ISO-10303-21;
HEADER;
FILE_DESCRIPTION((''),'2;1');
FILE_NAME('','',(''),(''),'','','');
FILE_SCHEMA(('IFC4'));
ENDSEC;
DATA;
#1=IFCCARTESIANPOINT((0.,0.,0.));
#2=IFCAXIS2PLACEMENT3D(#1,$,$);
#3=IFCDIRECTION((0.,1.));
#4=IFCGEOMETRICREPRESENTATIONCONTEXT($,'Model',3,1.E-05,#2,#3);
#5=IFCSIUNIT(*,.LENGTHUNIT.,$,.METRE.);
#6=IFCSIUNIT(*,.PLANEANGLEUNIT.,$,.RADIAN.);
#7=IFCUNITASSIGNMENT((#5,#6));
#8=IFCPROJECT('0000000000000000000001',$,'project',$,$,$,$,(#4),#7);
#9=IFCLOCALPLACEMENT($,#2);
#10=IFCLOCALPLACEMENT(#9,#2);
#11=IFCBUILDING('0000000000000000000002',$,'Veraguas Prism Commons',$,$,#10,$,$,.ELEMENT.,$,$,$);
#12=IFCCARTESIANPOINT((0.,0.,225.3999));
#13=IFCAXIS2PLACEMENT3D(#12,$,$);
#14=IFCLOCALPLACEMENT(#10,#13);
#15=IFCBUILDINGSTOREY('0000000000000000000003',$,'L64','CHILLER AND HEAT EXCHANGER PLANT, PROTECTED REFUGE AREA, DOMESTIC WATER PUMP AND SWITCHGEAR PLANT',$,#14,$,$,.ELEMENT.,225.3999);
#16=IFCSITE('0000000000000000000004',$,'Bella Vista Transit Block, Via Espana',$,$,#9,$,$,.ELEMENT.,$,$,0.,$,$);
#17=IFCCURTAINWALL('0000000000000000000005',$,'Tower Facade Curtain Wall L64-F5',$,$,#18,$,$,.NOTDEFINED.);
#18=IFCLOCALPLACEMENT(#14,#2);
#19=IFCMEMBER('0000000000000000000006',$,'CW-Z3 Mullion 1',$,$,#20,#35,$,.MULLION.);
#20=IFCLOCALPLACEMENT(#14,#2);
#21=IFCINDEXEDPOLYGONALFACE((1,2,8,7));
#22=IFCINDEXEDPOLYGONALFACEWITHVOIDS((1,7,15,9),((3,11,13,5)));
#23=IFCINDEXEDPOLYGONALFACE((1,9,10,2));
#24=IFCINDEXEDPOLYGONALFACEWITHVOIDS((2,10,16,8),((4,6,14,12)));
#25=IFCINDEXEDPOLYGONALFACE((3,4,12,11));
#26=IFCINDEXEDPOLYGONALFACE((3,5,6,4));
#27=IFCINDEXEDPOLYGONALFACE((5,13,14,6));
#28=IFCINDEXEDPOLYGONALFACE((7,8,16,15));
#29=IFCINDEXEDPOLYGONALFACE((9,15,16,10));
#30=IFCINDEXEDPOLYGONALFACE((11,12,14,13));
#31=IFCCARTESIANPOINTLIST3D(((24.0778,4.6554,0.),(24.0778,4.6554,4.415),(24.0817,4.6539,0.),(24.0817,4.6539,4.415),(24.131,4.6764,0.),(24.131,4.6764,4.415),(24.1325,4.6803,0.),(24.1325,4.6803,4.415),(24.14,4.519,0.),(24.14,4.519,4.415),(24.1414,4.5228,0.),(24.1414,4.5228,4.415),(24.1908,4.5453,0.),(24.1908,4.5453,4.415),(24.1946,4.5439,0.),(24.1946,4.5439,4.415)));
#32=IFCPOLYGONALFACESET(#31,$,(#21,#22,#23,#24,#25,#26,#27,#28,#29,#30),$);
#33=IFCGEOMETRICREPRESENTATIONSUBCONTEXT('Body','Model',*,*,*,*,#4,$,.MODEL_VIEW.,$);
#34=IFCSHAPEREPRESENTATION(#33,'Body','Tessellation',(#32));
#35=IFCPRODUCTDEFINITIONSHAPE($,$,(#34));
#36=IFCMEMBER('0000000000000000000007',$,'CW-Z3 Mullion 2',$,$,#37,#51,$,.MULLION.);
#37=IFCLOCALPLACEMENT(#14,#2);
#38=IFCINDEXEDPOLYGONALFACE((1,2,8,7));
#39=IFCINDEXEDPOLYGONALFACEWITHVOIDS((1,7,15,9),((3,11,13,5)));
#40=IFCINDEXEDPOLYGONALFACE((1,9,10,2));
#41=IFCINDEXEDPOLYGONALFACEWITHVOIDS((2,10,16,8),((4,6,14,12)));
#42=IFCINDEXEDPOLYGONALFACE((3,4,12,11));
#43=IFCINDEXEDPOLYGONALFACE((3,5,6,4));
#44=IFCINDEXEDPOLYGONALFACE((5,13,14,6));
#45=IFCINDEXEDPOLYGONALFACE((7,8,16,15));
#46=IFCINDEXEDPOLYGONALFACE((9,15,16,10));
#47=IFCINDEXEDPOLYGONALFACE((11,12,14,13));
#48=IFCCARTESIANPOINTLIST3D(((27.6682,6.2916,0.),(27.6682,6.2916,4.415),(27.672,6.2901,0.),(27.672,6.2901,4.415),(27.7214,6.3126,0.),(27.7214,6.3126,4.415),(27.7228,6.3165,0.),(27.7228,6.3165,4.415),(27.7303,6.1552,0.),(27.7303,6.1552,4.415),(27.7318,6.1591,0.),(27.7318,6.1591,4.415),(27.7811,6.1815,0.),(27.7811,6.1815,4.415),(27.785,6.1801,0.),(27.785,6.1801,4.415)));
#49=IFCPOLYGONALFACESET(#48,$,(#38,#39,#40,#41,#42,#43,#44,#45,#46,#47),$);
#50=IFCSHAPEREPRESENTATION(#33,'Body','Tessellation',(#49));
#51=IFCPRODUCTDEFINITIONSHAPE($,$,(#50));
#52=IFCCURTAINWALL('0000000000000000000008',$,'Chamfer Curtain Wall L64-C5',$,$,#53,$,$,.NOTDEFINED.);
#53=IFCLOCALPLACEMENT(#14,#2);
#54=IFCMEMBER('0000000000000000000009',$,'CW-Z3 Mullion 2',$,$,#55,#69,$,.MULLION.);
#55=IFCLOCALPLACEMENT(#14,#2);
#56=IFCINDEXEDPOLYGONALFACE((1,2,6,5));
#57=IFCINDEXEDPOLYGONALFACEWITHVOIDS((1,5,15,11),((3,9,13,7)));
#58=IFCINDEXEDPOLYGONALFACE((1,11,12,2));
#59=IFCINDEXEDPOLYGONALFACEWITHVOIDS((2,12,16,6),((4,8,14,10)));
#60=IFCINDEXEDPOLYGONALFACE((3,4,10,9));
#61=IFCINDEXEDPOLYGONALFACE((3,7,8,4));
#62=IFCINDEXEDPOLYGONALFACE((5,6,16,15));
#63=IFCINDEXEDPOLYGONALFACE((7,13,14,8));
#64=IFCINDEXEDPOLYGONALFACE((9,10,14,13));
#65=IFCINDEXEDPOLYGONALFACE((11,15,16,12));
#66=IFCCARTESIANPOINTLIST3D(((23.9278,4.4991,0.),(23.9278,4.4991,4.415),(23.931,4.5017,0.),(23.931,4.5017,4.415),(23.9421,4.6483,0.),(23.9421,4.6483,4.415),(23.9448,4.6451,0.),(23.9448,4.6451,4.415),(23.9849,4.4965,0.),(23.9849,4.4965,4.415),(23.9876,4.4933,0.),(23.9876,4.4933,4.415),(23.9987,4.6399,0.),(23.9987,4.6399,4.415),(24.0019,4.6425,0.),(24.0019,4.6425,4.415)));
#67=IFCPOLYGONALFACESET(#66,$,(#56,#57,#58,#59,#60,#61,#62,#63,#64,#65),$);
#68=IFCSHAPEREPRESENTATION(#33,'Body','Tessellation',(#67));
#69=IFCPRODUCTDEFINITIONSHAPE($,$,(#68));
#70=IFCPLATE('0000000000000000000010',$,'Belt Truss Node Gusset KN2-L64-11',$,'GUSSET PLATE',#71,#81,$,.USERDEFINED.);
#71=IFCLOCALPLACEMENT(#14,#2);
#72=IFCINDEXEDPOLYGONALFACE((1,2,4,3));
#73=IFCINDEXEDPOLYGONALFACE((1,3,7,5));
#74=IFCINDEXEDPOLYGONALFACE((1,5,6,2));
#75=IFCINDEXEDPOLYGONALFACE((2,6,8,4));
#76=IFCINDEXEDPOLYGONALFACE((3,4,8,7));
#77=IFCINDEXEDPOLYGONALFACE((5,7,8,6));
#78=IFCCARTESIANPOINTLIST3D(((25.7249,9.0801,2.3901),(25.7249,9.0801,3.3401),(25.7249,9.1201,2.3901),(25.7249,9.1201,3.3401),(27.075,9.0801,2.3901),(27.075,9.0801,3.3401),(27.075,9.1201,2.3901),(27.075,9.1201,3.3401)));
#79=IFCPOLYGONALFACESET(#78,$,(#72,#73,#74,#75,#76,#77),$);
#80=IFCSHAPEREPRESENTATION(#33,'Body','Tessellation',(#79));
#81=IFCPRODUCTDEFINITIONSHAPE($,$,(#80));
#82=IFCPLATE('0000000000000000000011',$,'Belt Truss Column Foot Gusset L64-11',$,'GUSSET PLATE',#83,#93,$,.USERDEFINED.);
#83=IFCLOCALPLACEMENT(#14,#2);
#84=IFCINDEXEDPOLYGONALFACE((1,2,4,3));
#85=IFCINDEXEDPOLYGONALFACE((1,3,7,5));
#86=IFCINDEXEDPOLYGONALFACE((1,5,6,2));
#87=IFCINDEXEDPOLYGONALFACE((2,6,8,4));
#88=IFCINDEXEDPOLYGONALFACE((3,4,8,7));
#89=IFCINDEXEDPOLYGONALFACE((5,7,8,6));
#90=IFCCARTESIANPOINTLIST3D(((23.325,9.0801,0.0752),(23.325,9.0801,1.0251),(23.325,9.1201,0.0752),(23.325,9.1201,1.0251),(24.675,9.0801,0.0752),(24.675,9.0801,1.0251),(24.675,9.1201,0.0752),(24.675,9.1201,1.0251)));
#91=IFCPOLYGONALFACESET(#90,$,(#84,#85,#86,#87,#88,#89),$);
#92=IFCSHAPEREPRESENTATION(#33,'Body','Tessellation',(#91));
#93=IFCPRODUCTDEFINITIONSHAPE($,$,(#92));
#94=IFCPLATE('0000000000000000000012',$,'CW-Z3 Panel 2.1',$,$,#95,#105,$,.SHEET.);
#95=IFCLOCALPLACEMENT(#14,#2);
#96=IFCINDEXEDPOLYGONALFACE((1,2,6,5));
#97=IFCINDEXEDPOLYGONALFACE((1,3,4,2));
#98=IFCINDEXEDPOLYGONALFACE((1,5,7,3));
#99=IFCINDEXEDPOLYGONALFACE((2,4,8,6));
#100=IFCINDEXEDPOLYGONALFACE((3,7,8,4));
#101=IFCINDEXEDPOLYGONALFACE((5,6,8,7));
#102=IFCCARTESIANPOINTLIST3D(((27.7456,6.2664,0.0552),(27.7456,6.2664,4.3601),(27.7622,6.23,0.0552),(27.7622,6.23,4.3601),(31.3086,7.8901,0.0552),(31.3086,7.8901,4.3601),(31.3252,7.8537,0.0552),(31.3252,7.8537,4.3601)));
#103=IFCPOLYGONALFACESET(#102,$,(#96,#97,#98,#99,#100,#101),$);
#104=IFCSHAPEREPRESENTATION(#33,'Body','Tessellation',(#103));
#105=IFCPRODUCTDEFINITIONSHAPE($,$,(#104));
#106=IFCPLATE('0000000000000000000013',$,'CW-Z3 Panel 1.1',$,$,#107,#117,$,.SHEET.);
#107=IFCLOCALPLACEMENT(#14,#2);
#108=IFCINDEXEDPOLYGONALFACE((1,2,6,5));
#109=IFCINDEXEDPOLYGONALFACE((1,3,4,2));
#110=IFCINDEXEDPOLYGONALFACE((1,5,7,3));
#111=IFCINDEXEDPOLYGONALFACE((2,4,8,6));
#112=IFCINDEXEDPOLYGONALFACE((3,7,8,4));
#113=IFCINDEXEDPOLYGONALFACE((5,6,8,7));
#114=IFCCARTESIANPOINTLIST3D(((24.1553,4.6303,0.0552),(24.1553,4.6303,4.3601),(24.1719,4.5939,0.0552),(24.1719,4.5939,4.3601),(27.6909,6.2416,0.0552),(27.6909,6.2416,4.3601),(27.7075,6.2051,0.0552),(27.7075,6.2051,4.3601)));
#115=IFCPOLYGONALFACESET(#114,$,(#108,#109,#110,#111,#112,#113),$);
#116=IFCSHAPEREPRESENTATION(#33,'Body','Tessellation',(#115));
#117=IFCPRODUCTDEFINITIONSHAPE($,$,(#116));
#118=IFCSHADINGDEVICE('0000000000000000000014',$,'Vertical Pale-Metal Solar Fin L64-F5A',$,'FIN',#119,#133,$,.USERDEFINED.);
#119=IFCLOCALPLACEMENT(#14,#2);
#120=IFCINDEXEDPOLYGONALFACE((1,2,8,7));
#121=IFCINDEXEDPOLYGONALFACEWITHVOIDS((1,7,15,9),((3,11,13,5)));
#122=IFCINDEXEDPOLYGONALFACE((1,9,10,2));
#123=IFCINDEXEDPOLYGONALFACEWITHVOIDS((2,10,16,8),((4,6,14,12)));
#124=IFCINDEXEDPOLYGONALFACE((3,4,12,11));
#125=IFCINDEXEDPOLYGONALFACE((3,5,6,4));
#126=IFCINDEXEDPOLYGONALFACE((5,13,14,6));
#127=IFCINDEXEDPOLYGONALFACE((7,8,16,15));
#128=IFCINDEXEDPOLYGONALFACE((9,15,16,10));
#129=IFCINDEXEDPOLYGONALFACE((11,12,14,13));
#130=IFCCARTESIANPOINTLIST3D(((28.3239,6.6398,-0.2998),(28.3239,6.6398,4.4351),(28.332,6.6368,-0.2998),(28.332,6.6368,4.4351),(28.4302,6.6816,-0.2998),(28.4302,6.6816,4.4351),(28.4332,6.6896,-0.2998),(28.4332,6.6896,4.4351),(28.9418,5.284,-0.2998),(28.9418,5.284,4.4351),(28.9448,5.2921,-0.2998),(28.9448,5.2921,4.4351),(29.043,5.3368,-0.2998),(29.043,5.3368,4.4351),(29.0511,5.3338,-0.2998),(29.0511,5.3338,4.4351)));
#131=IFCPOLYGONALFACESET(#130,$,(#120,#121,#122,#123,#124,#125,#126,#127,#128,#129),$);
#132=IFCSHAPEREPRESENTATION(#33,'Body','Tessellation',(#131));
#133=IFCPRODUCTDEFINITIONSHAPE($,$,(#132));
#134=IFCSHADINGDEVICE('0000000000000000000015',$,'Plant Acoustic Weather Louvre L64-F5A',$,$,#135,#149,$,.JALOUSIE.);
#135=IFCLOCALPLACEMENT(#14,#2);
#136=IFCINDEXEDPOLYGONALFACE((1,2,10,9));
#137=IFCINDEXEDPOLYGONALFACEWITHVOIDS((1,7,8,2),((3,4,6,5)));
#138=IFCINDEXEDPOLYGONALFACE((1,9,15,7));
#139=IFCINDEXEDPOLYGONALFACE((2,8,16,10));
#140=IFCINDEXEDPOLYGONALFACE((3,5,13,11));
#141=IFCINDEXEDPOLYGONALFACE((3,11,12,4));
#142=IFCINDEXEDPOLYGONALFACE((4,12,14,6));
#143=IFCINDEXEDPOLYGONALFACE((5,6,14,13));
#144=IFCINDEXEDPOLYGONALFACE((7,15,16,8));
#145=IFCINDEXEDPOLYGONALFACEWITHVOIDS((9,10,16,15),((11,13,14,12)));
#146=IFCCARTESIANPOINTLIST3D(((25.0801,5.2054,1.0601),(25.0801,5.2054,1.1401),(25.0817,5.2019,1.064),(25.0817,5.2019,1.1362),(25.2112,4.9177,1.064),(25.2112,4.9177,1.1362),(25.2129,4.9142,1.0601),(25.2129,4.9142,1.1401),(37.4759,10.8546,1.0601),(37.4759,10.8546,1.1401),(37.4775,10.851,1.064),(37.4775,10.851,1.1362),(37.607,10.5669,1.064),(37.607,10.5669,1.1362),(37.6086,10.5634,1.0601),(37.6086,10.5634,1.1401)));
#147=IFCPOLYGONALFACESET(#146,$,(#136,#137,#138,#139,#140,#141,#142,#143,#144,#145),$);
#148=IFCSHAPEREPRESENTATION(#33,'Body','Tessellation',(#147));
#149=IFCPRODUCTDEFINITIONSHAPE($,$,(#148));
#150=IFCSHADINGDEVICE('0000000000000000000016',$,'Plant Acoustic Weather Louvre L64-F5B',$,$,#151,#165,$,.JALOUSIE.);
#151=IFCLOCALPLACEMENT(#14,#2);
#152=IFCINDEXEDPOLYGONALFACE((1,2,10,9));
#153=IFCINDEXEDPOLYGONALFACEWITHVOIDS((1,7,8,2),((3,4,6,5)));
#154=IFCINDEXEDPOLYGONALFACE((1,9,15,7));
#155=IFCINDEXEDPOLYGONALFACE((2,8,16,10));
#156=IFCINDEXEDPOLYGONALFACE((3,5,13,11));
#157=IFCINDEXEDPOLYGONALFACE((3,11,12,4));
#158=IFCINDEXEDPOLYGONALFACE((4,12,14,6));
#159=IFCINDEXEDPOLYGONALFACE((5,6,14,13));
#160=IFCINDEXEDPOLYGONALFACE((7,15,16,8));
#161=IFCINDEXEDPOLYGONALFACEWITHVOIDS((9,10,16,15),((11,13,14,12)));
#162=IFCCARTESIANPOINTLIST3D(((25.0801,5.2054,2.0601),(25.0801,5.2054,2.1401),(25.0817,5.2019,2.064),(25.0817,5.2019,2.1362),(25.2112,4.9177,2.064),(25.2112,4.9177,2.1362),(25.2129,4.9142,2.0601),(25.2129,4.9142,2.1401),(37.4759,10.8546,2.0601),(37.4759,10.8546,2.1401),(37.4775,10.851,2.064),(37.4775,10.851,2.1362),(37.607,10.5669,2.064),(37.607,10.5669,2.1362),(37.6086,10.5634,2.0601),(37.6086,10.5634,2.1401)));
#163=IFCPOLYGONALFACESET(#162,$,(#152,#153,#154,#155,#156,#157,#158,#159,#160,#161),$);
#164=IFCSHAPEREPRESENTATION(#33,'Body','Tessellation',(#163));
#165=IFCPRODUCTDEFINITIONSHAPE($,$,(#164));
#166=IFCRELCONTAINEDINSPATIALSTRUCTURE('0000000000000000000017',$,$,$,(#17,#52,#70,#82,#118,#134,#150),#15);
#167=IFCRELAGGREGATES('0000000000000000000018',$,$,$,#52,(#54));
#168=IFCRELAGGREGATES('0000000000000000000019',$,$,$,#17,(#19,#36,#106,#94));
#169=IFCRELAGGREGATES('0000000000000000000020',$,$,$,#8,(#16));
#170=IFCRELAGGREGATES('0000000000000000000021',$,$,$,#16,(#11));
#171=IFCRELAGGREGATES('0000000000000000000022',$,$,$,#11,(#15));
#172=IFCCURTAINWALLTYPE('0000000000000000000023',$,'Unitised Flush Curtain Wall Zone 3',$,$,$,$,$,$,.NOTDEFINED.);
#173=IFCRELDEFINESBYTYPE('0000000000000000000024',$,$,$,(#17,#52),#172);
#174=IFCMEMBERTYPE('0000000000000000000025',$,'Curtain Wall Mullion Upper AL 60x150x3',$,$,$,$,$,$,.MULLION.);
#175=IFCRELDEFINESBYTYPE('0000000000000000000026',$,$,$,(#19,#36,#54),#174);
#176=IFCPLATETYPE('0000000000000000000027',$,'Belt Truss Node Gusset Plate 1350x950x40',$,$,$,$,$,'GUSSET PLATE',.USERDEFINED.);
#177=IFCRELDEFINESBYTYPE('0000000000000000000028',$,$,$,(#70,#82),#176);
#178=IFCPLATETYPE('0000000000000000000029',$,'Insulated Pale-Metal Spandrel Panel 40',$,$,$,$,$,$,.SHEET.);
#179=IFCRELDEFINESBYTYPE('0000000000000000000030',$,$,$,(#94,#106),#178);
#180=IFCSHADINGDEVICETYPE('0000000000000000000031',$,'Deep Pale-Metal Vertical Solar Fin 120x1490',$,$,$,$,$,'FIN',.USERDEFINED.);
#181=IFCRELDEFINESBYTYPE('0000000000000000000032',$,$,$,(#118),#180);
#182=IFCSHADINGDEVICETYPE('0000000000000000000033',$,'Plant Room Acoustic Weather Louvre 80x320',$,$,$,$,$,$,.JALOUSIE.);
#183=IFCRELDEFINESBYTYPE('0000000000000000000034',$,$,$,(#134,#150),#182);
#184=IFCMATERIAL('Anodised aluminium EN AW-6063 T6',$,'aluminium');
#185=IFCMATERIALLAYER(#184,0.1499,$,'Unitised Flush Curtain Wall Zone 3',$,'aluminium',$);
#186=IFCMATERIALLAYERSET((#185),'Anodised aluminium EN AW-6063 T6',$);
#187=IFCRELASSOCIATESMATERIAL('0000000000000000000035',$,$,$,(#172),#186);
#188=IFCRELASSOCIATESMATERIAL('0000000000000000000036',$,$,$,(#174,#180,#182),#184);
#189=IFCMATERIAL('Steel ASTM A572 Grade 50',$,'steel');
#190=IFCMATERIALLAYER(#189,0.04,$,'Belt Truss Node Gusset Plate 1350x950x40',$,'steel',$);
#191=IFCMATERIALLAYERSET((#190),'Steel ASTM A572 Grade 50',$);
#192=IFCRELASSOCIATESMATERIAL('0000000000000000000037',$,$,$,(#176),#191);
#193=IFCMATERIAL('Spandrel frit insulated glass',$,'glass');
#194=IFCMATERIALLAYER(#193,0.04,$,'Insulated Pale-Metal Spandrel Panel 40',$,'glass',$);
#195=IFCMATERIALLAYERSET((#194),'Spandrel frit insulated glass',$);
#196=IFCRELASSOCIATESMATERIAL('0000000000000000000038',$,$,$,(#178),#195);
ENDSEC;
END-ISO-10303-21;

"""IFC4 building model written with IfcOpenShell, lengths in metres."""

from ifc_helpers import new_model, si_unit, direction, frame, origin, origin_2d, place, context, subcontext, project, spatial, rectangle, hollow_rectangle, extrude, source, transform, mapped, material, layer, layer_set, material_profile, profile_set, type_object, element, aggregate, save


model = new_model("IFC4")

# Units and contexts
model_context = context("Model", 3, precision=1e-05, world=origin(), true_north=direction((0.0, 1.0)))
body_context = subcontext(model_context, "Body", "Model", "MODEL_VIEW")
ifc_project = project(units=[si_unit("LENGTHUNIT", "METRE"), si_unit("PLANEANGLEUNIT", "RADIAN")], contexts=[model_context])

# Site, building, storey
site_placement = place(None, origin())
site = spatial("IfcSite", under=ifc_project, at=site_placement, Name="Bella Vista Transit Block, Via Espana", CompositionType="ELEMENT", RefElevation=0.0)
building_placement = place(site_placement, origin())
building = spatial("IfcBuilding", under=site, at=building_placement, Name="Veraguas Prism Commons", CompositionType="ELEMENT")
storey_placement = place(building_placement, frame((0.0, 0.0, 225.3999)))
storey = spatial("IfcBuildingStorey", under=building, at=storey_placement, Name="L64", Description="CHILLER AND HEAT EXCHANGER PLANT, PROTECTED REFUGE AREA, DOMESTIC WATER PUMP AND SWITCHGEAR PLANT", CompositionType="ELEMENT", Elevation=225.3999)

# Curtain wall, members
ifc_material_1 = material(Name="Anodised aluminium EN AW-6063 T6", Category="aluminium")
ifc_layer_1 = layer(ifc_material_1, 0.1499, Name="Unitised Flush Curtain Wall Zone 3", Category="aluminium")
ifc_layer_set_1 = layer_set([ifc_layer_1], Name="Anodised aluminium EN AW-6063 T6")
curtain_wall_type = type_object("IfcCurtainWallType", Name="Unitised Flush Curtain Wall Zone 3", PredefinedType="NOTDEFINED", material=ifc_layer_set_1)
curtain_wall_1_placement = place(storey_placement, origin())
curtain_wall_1 = element("IfcCurtainWall", 1, at=curtain_wall_1_placement, inside=storey, type_object=curtain_wall_type, Name="Tower Facade Curtain Wall L64-F5", PredefinedType="NOTDEFINED")
ifc_material_profile_1 = material_profile(ifc_material_1, hollow_rectangle(XDim=0.0601, YDim=0.1499, WallThickness=0.0029, at=origin_2d()), Name="AL60X150X3")
ifc_profile_set_1 = profile_set([ifc_material_profile_1], Name="Anodised aluminium EN AW-6063 T6")
member_type_1 = type_object("IfcMemberType", Name="Curtain Wall Mullion Upper AL 60x150x3", PredefinedType="MULLION", material=ifc_profile_set_1)
shared_shape_1 = source(origin(), body_context, "Body", "SweptSolid", [
    extrude(hollow_rectangle(XDim=0.0601, YDim=0.1499, WallThickness=0.0029, at=origin_2d()), origin(), (0.0, 0.0, 1.0), 4.415),
])
member_1_placement = place(storey_placement, frame((24.1362, 4.5996, 0.0), z_axis=(0.0, 0.0, 1.0), x_axis=(0.909962, 0.414692, 0.0)))
member_1 = element("IfcMember", 2, at=member_1_placement, type_object=member_type_1, Name="CW-Z3 Mullion 1", PredefinedType="MULLION", context=body_context, shape_type="MappedRepresentation", body=[
    mapped(shared_shape_1, transform((0.0, 0.0, 0.0), scale=1.0)),
])
member_2_placement = place(storey_placement, frame((27.7266, 6.2358, 0.0), z_axis=(0.0, 0.0, 1.0), x_axis=(0.909962, 0.414692, 0.0)))
member_2 = element("IfcMember", 3, at=member_2_placement, type_object=member_type_1, Name="CW-Z3 Mullion 2", PredefinedType="MULLION", context=body_context, shape_type="MappedRepresentation", body=[
    mapped(shared_shape_1, transform((0.0, 0.0, 0.0), scale=1.0)),
])

# Curtain wall, member
curtain_wall_2_placement = place(storey_placement, origin())
curtain_wall_2 = element("IfcCurtainWall", 4, at=curtain_wall_2_placement, inside=storey, type_object=curtain_wall_type, Name="Chamfer Curtain Wall L64-C5", PredefinedType="NOTDEFINED")
member_3_placement = place(storey_placement, frame((23.9648, 4.5708, 0.0), z_axis=(0.0, 0.0, 1.0), x_axis=(0.995399, -0.095816, 0.0)))
member_3 = element("IfcMember", 5, at=member_3_placement, type_object=member_type_1, Name="CW-Z3 Mullion 2", PredefinedType="MULLION", context=body_context, shape_type="MappedRepresentation", body=[
    mapped(shared_shape_1, transform((0.0, 0.0, 0.0), scale=1.0)),
])
aggregate(curtain_wall_2, [member_3])

# Plates
ifc_material_2 = material(Name="Steel ASTM A572 Grade 50", Category="steel")
ifc_layer_2 = layer(ifc_material_2, 0.04, Name="Belt Truss Node Gusset Plate 1350x950x40", Category="steel")
ifc_layer_set_2 = layer_set([ifc_layer_2], Name="Steel ASTM A572 Grade 50")
plate_type_1 = type_object("IfcPlateType", Name="Belt Truss Node Gusset Plate 1350x950x40", ElementType="GUSSET PLATE", PredefinedType="USERDEFINED", material=ifc_layer_set_2)
shared_shape_2 = source(origin(), body_context, "Body", "SweptSolid", [
    extrude(rectangle(XDim=1.3501, YDim=0.04, at=origin_2d()), origin(), (0.0, 0.0, 1.0), 0.95),
])
for number, where, z_axis, x_axis, name in (
    (6, (26.3999, 9.1001, 2.3901), (0.0, 0.0, 1.0), (1.0, 0.0, 0.0), "Belt Truss Node Gusset KN2-L64-11"),
    (7, (24.0, 9.1001, 0.0752), (0.0, 0.0, 1.0), (1.0, 0.0, 0.0), "Belt Truss Column Foot Gusset L64-11"),
):
    element("IfcPlate", number, at=place(storey_placement, frame(where, z_axis=z_axis, x_axis=x_axis)), inside=storey, type_object=plate_type_1, Name=name, ObjectType="GUSSET PLATE", PredefinedType="USERDEFINED", context=body_context, shape_type="MappedRepresentation", body=[
        mapped(shared_shape_2, transform((0.0, 0.0, 0.0), scale=1.0)),
    ])

# Plates
ifc_material_3 = material(Name="Spandrel frit insulated glass", Category="glass")
ifc_layer_3 = layer(ifc_material_3, 0.04, Name="Insulated Pale-Metal Spandrel Panel 40", Category="glass")
ifc_layer_set_3 = layer_set([ifc_layer_3], Name="Spandrel frit insulated glass")
plate_type_2 = type_object("IfcPlateType", Name="Insulated Pale-Metal Spandrel Panel 40", PredefinedType="SHEET", material=ifc_layer_set_3)
shared_shape_3 = source(origin(), body_context, "Body", "SweptSolid", [
    extrude(rectangle(XDim=3.9155, YDim=0.04, at=origin_2d()), origin(), (0.0, 0.0, 1.0), 4.3049),
])
plate_1_placement = place(storey_placement, frame((29.5354, 7.0601, 0.0552), z_axis=(0.0, 0.0, 1.0), x_axis=(0.909962, 0.414692, 0.0)))
plate_1 = element("IfcPlate", 8, at=plate_1_placement, type_object=plate_type_2, Name="CW-Z3 Panel 2.1", PredefinedType="SHEET", context=body_context, shape_type="MappedRepresentation", body=[
    mapped(shared_shape_3, transform((0.0, 0.0, 0.0), scale=1.0)),
])
shared_shape_4 = source(origin(), body_context, "Body", "SweptSolid", [
    extrude(rectangle(XDim=3.8855, YDim=0.04, at=origin_2d()), origin(), (0.0, 0.0, 1.0), 4.3049),
])
plate_2_placement = place(storey_placement, frame((25.9314, 5.4177, 0.0552), z_axis=(0.0, 0.0, 1.0), x_axis=(0.909962, 0.414692, 0.0)))
plate_2 = element("IfcPlate", 9, at=plate_2_placement, type_object=plate_type_2, Name="CW-Z3 Panel 1.1", PredefinedType="SHEET", context=body_context, shape_type="MappedRepresentation", body=[
    mapped(shared_shape_4, transform((0.0, 0.0, 0.0), scale=1.0)),
])
aggregate(curtain_wall_1, [member_1, member_2, plate_2, plate_1])

# Shading devices
ifc_material_profile_2 = material_profile(ifc_material_1, hollow_rectangle(XDim=0.1201, YDim=1.49, WallThickness=0.0061, at=origin_2d()), Name="FIN120X1490X6")
ifc_profile_set_2 = profile_set([ifc_material_profile_2], Name="Anodised aluminium EN AW-6063 T6")
shading_device_type_1 = type_object("IfcShadingDeviceType", Name="Deep Pale-Metal Vertical Solar Fin 120x1490", ElementType="FIN", PredefinedType="USERDEFINED", material=ifc_profile_set_2)
shading_device_placement = place(storey_placement, frame((28.6875, 5.9868, -0.2998), z_axis=(0.0, 0.0, 1.0), x_axis=(0.909961, 0.414693, 0.0)))
element("IfcShadingDevice", 10, at=shading_device_placement, inside=storey, type_object=shading_device_type_1, Name="Vertical Pale-Metal Solar Fin L64-F5A", ObjectType="FIN", PredefinedType="USERDEFINED", context=body_context, shape_type="SweptSolid", body=[
    extrude(hollow_rectangle(XDim=0.1201, YDim=1.49, WallThickness=0.0061, at=origin_2d()), origin(), (0.0, 0.0, 1.0), 4.7349),
])
ifc_material_profile_3 = material_profile(ifc_material_1, hollow_rectangle(XDim=0.0801, YDim=0.3201, WallThickness=0.0039, at=origin_2d()), Name="LVR80X320X4")
ifc_profile_set_3 = profile_set([ifc_material_profile_3], Name="Anodised aluminium EN AW-6063 T6")
shading_device_type_2 = type_object("IfcShadingDeviceType", Name="Plant Room Acoustic Weather Louvre 80x320", PredefinedType="JALOUSIE", material=ifc_profile_set_3)
for number, where, z_axis, x_axis, name in (
    (11, (25.1465, 5.0598, 1.1001), (0.909958, 0.414699, 0.0), (0.0, 0.0, 1.0), "Plant Acoustic Weather Louvre L64-F5A"),
    (12, (25.1465, 5.0598, 2.1001), (0.909958, 0.414699, 0.0), (0.0, 0.0, 1.0), "Plant Acoustic Weather Louvre L64-F5B"),
):
    element("IfcShadingDevice", number, at=place(storey_placement, frame(where, z_axis=z_axis, x_axis=x_axis)), inside=storey, type_object=shading_device_type_2, Name=name, PredefinedType="JALOUSIE", context=body_context, shape_type="SweptSolid", body=[
        extrude(hollow_rectangle(XDim=0.0801, YDim=0.3201, WallThickness=0.0039, at=origin_2d()), origin(), (0.0, 0.0, 1.0), 13.6223),
    ])

save(model, "model.ifc")
